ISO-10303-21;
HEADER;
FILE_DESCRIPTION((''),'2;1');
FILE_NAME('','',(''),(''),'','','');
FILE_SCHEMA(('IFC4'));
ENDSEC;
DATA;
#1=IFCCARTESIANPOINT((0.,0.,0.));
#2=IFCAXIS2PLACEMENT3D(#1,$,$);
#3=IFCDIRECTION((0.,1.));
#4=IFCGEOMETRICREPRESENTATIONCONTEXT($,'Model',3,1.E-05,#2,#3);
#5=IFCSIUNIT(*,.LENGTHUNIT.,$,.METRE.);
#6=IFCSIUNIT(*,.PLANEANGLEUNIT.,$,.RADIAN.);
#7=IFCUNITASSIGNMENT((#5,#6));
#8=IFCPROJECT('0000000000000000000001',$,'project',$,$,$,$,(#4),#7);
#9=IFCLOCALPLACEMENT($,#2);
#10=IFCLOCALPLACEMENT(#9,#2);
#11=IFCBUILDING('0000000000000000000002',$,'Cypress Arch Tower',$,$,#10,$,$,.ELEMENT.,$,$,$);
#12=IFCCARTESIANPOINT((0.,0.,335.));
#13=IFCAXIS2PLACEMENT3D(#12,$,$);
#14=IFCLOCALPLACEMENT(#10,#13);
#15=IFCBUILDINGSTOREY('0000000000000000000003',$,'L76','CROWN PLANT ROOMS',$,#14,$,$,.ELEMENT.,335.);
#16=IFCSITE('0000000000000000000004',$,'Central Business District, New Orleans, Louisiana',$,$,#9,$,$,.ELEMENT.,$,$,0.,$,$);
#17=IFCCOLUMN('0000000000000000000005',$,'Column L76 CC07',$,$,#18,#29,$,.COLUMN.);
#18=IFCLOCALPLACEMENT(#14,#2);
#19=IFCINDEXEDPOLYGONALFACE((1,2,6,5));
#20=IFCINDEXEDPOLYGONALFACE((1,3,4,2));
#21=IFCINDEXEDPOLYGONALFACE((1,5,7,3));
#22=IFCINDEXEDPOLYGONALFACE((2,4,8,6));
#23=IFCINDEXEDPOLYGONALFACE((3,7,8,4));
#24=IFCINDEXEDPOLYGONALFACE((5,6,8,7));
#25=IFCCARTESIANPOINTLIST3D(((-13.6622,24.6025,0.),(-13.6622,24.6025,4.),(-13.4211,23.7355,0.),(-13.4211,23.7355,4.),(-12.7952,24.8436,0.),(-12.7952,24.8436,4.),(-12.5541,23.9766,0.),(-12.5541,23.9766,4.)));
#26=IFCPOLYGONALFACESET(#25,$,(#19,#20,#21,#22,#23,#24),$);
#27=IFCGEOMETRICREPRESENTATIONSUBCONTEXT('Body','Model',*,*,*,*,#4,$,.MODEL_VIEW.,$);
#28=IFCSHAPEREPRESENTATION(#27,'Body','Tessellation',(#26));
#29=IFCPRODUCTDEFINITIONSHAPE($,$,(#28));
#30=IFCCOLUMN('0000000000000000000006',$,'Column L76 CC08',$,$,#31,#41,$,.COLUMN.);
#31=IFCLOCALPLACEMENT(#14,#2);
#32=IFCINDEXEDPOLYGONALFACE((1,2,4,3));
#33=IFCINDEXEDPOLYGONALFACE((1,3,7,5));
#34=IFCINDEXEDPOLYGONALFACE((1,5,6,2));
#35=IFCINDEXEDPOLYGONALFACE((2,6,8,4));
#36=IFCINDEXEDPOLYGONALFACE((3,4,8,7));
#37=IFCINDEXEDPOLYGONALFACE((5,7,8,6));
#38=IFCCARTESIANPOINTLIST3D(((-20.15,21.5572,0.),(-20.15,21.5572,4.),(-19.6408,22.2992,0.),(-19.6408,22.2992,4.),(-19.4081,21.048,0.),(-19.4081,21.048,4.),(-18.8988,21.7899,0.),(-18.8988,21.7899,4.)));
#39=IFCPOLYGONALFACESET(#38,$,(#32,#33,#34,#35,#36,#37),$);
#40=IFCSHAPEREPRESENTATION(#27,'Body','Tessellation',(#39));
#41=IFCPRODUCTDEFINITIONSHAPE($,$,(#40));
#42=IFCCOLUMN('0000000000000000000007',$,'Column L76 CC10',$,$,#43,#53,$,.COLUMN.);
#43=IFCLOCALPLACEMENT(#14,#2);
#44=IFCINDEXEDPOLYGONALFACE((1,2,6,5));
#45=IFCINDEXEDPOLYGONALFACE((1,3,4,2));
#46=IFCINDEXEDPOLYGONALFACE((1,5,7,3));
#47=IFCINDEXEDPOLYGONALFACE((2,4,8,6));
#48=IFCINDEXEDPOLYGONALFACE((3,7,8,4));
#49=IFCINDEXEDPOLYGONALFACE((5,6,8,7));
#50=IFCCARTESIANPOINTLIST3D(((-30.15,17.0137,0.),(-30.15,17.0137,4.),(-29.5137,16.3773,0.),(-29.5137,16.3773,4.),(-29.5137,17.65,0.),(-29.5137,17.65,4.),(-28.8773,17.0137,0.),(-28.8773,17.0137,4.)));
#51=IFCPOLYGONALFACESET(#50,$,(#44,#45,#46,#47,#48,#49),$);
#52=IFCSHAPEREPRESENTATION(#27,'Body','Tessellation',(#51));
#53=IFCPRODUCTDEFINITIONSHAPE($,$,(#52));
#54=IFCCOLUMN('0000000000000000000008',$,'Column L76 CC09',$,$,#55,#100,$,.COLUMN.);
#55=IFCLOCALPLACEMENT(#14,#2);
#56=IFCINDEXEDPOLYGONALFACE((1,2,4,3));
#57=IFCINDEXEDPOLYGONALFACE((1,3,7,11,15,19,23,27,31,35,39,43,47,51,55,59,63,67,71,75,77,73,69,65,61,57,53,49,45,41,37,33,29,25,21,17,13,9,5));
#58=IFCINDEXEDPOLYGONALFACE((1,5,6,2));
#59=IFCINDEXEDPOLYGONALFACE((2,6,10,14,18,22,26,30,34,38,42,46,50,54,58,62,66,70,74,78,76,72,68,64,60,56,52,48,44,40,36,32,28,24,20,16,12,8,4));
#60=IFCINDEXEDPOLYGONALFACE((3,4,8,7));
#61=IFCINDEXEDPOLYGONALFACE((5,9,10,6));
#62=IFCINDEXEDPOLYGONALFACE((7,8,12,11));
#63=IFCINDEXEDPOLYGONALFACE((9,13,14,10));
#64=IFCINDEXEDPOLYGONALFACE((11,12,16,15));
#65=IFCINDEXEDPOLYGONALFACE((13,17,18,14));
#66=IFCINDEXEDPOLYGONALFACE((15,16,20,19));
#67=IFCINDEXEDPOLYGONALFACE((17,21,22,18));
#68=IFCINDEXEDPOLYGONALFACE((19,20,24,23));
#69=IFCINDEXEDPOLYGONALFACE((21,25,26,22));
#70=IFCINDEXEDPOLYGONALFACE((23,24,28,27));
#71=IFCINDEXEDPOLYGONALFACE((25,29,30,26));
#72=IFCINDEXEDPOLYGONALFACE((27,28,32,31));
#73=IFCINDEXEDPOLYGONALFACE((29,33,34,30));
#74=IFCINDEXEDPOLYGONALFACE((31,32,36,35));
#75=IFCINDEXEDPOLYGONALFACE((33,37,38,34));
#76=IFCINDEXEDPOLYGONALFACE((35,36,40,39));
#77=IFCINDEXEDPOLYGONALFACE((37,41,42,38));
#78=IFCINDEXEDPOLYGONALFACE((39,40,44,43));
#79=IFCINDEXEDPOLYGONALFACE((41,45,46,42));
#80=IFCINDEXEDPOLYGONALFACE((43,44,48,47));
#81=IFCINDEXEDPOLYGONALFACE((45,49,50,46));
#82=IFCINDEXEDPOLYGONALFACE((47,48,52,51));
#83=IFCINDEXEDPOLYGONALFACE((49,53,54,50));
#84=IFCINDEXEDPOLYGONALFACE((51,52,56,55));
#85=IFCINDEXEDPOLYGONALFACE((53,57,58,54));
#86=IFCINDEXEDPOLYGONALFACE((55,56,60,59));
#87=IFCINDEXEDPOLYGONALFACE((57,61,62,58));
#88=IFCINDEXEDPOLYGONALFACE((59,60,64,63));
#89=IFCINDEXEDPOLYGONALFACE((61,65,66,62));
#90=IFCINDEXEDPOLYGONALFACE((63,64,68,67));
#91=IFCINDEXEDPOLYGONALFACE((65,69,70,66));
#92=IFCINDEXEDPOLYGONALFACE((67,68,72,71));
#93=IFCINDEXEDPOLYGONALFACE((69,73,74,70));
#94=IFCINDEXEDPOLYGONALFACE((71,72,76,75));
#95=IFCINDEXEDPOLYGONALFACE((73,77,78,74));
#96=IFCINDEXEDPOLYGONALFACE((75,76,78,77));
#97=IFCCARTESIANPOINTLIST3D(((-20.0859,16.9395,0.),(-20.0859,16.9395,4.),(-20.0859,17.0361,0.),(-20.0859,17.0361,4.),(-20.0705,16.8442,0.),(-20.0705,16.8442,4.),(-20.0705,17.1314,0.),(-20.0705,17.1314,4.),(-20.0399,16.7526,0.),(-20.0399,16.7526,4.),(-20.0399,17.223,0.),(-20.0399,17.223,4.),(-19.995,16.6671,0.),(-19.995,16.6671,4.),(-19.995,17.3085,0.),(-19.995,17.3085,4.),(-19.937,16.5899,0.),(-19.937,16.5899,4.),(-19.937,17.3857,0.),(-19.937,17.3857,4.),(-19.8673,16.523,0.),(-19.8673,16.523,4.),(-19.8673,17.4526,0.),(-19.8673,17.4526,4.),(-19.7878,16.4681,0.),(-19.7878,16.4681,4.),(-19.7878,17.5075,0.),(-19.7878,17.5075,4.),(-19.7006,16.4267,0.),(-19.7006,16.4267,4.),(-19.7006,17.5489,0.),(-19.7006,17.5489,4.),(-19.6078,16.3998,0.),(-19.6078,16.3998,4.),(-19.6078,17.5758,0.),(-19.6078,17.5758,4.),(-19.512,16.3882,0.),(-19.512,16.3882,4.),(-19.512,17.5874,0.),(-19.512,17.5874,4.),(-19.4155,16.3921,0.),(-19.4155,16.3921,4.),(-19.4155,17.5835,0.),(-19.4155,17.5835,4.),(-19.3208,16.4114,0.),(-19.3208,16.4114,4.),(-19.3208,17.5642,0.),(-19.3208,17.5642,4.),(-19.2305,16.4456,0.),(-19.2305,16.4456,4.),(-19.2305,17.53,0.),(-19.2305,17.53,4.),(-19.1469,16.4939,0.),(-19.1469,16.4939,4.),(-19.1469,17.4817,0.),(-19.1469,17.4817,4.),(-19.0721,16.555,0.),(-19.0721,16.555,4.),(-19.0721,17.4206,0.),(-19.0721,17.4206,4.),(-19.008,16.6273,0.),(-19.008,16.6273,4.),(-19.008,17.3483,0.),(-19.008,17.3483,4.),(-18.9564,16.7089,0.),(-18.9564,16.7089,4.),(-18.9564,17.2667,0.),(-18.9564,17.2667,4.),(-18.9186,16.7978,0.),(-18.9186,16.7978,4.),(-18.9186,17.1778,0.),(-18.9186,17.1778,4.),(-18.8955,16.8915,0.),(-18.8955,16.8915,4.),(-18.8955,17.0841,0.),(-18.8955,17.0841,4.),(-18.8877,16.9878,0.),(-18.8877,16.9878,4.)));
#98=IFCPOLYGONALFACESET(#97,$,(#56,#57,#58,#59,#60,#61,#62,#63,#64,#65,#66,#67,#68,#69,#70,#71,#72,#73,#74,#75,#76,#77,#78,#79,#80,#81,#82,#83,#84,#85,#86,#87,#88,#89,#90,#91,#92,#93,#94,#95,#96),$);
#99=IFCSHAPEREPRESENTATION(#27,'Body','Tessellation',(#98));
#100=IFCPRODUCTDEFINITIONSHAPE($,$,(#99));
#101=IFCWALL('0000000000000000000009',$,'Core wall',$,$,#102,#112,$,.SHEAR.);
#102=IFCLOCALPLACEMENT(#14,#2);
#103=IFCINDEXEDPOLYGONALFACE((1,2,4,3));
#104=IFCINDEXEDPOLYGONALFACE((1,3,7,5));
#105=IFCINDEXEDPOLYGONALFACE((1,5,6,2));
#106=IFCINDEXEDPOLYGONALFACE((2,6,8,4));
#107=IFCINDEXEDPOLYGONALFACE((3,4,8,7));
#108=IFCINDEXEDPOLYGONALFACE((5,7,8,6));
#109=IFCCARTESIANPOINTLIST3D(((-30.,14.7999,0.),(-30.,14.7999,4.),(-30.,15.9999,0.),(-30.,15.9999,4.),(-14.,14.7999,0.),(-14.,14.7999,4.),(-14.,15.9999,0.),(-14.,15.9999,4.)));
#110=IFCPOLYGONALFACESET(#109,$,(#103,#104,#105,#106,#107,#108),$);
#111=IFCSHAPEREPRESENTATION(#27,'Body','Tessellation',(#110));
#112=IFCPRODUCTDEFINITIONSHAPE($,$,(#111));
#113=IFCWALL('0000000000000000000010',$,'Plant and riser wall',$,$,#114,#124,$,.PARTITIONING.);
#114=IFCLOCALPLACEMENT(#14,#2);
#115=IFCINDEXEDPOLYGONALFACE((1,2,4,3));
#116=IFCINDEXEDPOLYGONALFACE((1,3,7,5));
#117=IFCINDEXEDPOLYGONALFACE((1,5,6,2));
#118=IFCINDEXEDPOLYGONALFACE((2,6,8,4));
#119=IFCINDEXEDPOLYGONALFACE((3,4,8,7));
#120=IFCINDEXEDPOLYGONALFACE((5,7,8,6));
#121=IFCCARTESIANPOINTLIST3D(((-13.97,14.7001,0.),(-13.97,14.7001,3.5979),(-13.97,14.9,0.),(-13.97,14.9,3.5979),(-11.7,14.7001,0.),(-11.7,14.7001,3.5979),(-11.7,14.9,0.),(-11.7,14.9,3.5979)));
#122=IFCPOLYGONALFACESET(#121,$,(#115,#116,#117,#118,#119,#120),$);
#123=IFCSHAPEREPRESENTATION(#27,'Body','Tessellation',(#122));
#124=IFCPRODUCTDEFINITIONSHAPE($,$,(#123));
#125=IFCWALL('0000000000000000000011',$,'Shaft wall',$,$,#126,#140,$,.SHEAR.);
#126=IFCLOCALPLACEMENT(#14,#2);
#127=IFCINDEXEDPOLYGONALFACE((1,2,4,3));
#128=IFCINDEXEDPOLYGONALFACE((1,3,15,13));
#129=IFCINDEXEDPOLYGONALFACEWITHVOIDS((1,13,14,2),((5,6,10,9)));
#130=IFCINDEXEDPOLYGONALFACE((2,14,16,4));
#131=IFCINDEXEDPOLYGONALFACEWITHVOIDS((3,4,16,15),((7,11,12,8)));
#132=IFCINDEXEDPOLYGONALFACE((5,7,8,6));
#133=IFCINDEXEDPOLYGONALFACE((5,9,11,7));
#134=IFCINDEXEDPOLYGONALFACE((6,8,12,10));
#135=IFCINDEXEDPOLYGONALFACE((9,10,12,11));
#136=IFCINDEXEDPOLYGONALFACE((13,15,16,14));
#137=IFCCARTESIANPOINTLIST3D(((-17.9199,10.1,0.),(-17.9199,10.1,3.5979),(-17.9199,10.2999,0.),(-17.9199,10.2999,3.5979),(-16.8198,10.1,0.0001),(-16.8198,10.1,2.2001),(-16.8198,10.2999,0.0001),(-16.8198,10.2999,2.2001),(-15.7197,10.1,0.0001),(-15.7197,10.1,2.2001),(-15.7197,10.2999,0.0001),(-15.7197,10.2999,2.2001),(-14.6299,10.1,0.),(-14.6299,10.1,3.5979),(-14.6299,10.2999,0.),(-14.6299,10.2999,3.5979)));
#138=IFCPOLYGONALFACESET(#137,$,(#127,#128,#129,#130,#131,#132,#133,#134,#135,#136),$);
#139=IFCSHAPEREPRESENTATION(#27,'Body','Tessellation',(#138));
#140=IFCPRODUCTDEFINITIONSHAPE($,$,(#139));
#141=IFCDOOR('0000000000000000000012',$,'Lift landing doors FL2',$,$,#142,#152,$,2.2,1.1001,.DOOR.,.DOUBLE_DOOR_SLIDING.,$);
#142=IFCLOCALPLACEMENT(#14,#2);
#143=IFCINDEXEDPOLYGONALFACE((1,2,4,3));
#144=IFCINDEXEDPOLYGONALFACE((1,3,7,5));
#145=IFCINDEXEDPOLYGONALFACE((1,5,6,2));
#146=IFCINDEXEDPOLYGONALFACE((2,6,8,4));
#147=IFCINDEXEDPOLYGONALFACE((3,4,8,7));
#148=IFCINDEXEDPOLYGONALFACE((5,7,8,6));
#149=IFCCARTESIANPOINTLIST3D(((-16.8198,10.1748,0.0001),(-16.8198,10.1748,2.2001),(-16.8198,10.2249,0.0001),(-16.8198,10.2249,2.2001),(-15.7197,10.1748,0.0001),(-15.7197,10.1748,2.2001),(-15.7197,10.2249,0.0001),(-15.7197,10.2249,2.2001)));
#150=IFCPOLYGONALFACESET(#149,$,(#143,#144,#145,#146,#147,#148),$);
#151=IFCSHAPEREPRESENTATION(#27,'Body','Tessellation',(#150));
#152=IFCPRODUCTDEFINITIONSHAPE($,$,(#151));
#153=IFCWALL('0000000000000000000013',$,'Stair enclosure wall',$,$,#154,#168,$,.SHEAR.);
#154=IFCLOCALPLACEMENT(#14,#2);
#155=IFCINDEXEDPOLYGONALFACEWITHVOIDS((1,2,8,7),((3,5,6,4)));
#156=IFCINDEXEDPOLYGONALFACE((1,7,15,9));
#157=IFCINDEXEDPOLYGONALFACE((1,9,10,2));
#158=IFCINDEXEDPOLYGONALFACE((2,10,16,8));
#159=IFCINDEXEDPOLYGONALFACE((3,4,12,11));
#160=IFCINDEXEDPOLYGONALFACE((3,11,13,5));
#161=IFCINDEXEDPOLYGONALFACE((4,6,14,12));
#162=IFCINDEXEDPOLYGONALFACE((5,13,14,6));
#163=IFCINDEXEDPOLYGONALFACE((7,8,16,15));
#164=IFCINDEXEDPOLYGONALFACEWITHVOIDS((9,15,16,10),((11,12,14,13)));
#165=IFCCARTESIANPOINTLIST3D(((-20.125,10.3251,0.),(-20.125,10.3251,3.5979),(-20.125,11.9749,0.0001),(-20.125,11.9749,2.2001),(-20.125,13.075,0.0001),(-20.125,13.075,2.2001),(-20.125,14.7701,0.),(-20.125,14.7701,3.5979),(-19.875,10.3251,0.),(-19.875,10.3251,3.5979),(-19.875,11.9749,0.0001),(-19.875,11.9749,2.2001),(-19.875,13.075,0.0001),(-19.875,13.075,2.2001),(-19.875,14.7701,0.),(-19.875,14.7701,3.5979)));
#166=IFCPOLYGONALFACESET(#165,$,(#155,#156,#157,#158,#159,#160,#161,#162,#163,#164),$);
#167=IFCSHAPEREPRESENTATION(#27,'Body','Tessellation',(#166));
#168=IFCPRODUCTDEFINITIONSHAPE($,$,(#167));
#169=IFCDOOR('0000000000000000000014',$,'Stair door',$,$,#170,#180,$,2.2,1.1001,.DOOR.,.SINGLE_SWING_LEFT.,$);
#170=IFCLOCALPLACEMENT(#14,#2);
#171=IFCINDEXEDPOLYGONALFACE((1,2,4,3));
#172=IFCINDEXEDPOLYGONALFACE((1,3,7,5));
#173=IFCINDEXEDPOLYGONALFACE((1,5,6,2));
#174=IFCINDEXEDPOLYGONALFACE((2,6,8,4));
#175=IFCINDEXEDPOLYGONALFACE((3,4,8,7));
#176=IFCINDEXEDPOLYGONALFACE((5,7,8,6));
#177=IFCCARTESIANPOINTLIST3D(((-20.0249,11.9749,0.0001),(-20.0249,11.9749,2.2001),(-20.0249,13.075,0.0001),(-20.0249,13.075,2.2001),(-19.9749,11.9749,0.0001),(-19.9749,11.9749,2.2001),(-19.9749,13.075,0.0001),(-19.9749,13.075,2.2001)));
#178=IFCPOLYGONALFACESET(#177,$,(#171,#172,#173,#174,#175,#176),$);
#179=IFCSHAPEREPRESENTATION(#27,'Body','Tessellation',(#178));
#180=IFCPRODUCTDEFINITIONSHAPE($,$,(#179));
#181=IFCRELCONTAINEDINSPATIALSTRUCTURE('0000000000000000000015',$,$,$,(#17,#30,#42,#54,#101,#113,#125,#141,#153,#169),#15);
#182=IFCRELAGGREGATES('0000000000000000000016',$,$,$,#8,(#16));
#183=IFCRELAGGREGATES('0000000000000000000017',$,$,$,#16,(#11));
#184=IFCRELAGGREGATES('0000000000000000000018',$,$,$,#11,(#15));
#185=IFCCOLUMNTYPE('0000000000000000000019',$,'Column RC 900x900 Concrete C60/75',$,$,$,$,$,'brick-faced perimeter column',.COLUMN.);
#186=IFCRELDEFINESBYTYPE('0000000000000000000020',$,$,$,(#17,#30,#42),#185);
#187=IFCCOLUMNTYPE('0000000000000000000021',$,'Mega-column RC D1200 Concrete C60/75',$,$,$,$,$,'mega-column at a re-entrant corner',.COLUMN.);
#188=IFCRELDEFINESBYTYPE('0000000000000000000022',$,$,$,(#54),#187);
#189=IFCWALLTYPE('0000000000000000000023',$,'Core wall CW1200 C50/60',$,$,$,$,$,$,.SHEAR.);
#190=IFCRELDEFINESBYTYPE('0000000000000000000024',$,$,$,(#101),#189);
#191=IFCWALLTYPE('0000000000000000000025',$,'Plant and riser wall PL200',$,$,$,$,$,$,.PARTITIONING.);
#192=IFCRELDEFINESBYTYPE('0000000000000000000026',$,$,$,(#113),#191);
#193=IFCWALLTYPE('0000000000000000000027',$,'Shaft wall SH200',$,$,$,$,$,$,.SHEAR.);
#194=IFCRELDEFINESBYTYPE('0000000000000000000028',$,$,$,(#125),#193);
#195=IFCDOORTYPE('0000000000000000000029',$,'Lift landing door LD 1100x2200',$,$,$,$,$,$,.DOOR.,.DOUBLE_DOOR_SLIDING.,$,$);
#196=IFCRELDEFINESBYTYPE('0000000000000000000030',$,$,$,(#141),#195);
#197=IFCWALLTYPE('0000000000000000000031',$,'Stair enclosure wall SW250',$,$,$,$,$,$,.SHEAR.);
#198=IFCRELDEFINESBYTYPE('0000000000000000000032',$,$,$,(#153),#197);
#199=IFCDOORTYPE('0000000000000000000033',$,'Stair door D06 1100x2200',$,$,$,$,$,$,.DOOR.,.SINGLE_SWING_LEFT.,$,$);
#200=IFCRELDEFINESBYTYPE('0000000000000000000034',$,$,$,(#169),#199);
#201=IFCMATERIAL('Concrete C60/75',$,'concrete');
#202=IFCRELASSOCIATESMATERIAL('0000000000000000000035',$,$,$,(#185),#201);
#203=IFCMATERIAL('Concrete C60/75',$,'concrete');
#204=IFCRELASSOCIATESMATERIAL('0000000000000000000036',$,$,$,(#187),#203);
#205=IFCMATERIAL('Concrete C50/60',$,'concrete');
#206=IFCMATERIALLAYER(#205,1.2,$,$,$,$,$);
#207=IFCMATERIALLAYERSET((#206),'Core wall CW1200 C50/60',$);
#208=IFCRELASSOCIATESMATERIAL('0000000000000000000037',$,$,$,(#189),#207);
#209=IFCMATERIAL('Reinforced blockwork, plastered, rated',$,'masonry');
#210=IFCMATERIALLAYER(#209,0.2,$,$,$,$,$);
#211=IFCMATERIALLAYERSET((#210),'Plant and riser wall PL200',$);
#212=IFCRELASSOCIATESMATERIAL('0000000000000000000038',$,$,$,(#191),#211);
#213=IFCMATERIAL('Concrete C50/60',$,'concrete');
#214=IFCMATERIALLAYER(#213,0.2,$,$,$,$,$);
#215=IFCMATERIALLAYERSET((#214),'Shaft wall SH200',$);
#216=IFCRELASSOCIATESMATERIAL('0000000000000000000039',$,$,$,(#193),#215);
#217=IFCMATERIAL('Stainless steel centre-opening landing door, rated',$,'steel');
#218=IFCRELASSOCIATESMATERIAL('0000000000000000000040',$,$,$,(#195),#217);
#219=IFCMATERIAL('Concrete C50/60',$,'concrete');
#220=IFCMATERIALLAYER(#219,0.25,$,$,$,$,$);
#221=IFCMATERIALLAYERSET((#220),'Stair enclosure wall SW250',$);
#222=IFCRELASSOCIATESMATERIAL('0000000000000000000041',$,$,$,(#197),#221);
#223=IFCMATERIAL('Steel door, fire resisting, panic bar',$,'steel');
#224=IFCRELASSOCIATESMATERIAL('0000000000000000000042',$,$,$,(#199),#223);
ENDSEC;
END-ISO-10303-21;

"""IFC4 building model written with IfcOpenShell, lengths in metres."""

from ifc_helpers import new_model, si_unit, direction, frame, frame_2d, origin, origin_2d, place, context, subcontext, project, spatial, rectangle, circle, extrude, material, layer, layer_set, material_profile, profile_set, type_object, element, fill, save


model = new_model("IFC4")

# Units and contexts
model_context = context("Model", 3, precision=1e-05, world=origin(), true_north=direction((0.0, 1.0)))
body_context = subcontext(model_context, "Body", "Model", "MODEL_VIEW")
ifc_project = project(units=[si_unit("LENGTHUNIT", "METRE"), si_unit("PLANEANGLEUNIT", "RADIAN")], contexts=[model_context])

# Site, building, storey
site_placement = place(None, origin())
site = spatial("IfcSite", under=ifc_project, at=site_placement, Name="Central Business District, New Orleans, Louisiana", CompositionType="ELEMENT", RefElevation=0.0)
building_placement = place(site_placement, origin())
building = spatial("IfcBuilding", under=site, at=building_placement, Name="Cypress Arch Tower", CompositionType="ELEMENT")
storey_placement = place(building_placement, frame((0.0, 0.0, 335.0)))
storey = spatial("IfcBuildingStorey", under=building, at=storey_placement, Name="L76", Description="CROWN PLANT ROOMS", CompositionType="ELEMENT", Elevation=335.0)

# Columns
ifc_material_1 = material(Name="Concrete C60/75", Category="concrete")
ifc_material_profile_1 = material_profile(ifc_material_1, rectangle(XDim=0.8999, YDim=0.8999, at=origin_2d()), Name="RC 900x900")
ifc_profile_set_1 = profile_set([ifc_material_profile_1], Name="Concrete C60/75")
column_type_1 = type_object("IfcColumnType", Name="Column RC 900x900 Concrete C60/75", ElementType="brick-faced perimeter column", PredefinedType="COLUMN", material=ifc_profile_set_1)
for number, where, z_axis, x_axis, name in (
    (1, (-13.1082, 24.2896, 0.0), (0.0, 0.0, 1.0), (-0.963456, -0.267868, 0.0), "Column L76 CC07"),
    (2, (-19.5244, 21.6736, 0.0), (0.0, 0.0, 1.0), (-0.565893, -0.824479, 0.0), "Column L76 CC08"),
    (3, (-29.5137, 17.0137, 0.0), (0.0, 0.0, 1.0), (-0.707107, -0.707107, 0.0), "Column L76 CC10"),
):
    element("IfcColumn", number, at=place(storey_placement, frame(where, z_axis=z_axis, x_axis=x_axis)), inside=storey, type_object=column_type_1, Name=name, PredefinedType="COLUMN", context=body_context, shape_type="SweptSolid", body=[
        extrude(rectangle(XDim=0.8999, YDim=0.8999, at=origin_2d()), origin(), (0.0, 0.0, 1.0), 4.0),
    ])
ifc_material_2 = material(Name="Concrete C60/75", Category="concrete")
ifc_material_profile_2 = material_profile(ifc_material_2, circle(Radius=0.6001, at=origin_2d()), Name="RC D1200")
ifc_profile_set_2 = profile_set([ifc_material_profile_2], Name="Concrete C60/75")
column_type_2 = type_object("IfcColumnType", Name="Mega-column RC D1200 Concrete C60/75", ElementType="mega-column at a re-entrant corner", PredefinedType="COLUMN", material=ifc_profile_set_2)
column_placement = place(storey_placement, frame((-19.4878, 16.9878, 0.0), z_axis=(0.0, 0.0, 1.0), x_axis=(1.0, 0.0, 0.0)))
element("IfcColumn", 4, at=column_placement, inside=storey, type_object=column_type_2, Name="Column L76 CC09", PredefinedType="COLUMN", context=body_context, shape_type="SweptSolid", body=[
    extrude(circle(Radius=0.6001, at=origin_2d()), origin(), (0.0, 0.0, 1.0), 4.0),
])

# Walls
ifc_material_3 = material(Name="Concrete C50/60", Category="concrete")
ifc_layer_1 = layer(ifc_material_3, 1.2)
ifc_layer_set_1 = layer_set([ifc_layer_1], Name="Core wall CW1200 C50/60")
wall_type_1 = type_object("IfcWallType", Name="Core wall CW1200 C50/60", PredefinedType="SHEAR", material=ifc_layer_set_1)
wall_1_placement = place(storey_placement, frame((-30.0, 15.3999, 0.0), z_axis=(0.0, 0.0, 1.0), x_axis=(1.0, 0.0, 0.0)))
element("IfcWall", 5, at=wall_1_placement, inside=storey, type_object=wall_type_1, Name="Core wall", PredefinedType="SHEAR", context=body_context, shape_type="SweptSolid", body=[
    extrude(rectangle(XDim=16.0, YDim=1.2, at=frame_2d((8.0, 0.0))), origin(), (0.0, 0.0, 1.0), 4.0),
])
ifc_material_4 = material(Name="Reinforced blockwork, plastered, rated", Category="masonry")
ifc_layer_2 = layer(ifc_material_4, 0.2)
ifc_layer_set_2 = layer_set([ifc_layer_2], Name="Plant and riser wall PL200")
wall_type_2 = type_object("IfcWallType", Name="Plant and riser wall PL200", PredefinedType="PARTITIONING", material=ifc_layer_set_2)
wall_2_placement = place(storey_placement, frame((-13.97, 14.8, 0.0), z_axis=(0.0, 0.0, 1.0), x_axis=(1.0, 0.0, 0.0)))
element("IfcWall", 6, at=wall_2_placement, inside=storey, type_object=wall_type_2, Name="Plant and riser wall", PredefinedType="PARTITIONING", context=body_context, shape_type="SweptSolid", body=[
    extrude(rectangle(XDim=2.27, YDim=0.2, at=frame_2d((1.135, 0.0))), origin(), (0.0, 0.0, 1.0), 3.5979),
])

# Walls, openings, doors
ifc_material_5 = material(Name="Concrete C50/60", Category="concrete")
ifc_layer_3 = layer(ifc_material_5, 0.2)
ifc_layer_set_3 = layer_set([ifc_layer_3], Name="Shaft wall SH200")
wall_type_3 = type_object("IfcWallType", Name="Shaft wall SH200", PredefinedType="SHEAR", material=ifc_layer_set_3)
wall_3_placement = place(storey_placement, frame((-17.9199, 10.2, 0.0), z_axis=(0.0, 0.0, 1.0), x_axis=(1.0, 0.0, 0.0)))
wall_3 = element("IfcWall", 7, at=wall_3_placement, inside=storey, type_object=wall_type_3, Name="Shaft wall", PredefinedType="SHEAR", context=body_context, shape_type="SweptSolid", body=[
    extrude(rectangle(XDim=3.29, YDim=0.2, at=frame_2d((1.645, 0.0))), origin(), (0.0, 0.0, 1.0), 3.5979),
])
opening_1_placement = place(wall_3_placement, frame((1.1001, 0.0, 0.0)))
opening_1 = element("IfcOpeningElement", 8, at=opening_1_placement, cuts=wall_3, PredefinedType="OPENING", context=body_context, shape_type="SweptSolid", body=[
    extrude(rectangle(XDim=1.1001, YDim=2.2, at=frame_2d((0.55, 1.1001))), frame((0.0, 0.1099, 0.0), z_axis=(0.0, -1.0, 0.0), x_axis=(1.0, 0.0, 0.0)), (0.0, 0.0, 1.0), 0.22),
])
ifc_material_6 = material(Name="Stainless steel centre-opening landing door, rated", Category="steel")
door_type_1 = type_object("IfcDoorType", Name="Lift landing door LD 1100x2200", OperationType="DOUBLE_DOOR_SLIDING", PredefinedType="DOOR", material=ifc_material_6)
door_1_placement = place(opening_1_placement, origin())
door_1 = element("IfcDoor", 9, at=door_1_placement, inside=storey, type_object=door_type_1, Name="Lift landing doors FL2", OperationType="DOUBLE_DOOR_SLIDING", OverallHeight=2.2, OverallWidth=1.1001, PredefinedType="DOOR", context=body_context, shape_type="SweptSolid", body=[
    extrude(rectangle(XDim=1.1001, YDim=2.2, at=frame_2d((0.55, 1.1001))), frame((0.0, 0.0249, 0.0), z_axis=(0.0, -1.0, 0.0), x_axis=(1.0, 0.0, 0.0)), (0.0, 0.0, 1.0), 0.05),
])
fill(opening_1, door_1)
ifc_material_7 = material(Name="Concrete C50/60", Category="concrete")
ifc_layer_4 = layer(ifc_material_7, 0.25)
ifc_layer_set_4 = layer_set([ifc_layer_4], Name="Stair enclosure wall SW250")
wall_type_4 = type_object("IfcWallType", Name="Stair enclosure wall SW250", PredefinedType="SHEAR", material=ifc_layer_set_4)
wall_4_placement = place(storey_placement, frame((-20.0, 10.325, 0.0), z_axis=(0.0, 0.0, 1.0), x_axis=(0.0, 1.0, 0.0)))
wall_4 = element("IfcWall", 10, at=wall_4_placement, inside=storey, type_object=wall_type_4, Name="Stair enclosure wall", PredefinedType="SHEAR", context=body_context, shape_type="SweptSolid", body=[
    extrude(rectangle(XDim=4.4451, YDim=0.25, at=frame_2d((2.2227, 0.0))), origin(), (0.0, 0.0, 1.0), 3.5979),
])
opening_2_placement = place(wall_4_placement, frame((1.6499, 0.0, 0.0)))
opening_2 = element("IfcOpeningElement", 11, at=opening_2_placement, cuts=wall_4, PredefinedType="OPENING", context=body_context, shape_type="SweptSolid", body=[
    extrude(rectangle(XDim=1.1001, YDim=2.2, at=frame_2d((0.55, 1.1001))), frame((0.0, 0.135, 0.0), z_axis=(0.0, -1.0, 0.0), x_axis=(1.0, 0.0, 0.0)), (0.0, 0.0, 1.0), 0.27),
])
ifc_material_8 = material(Name="Steel door, fire resisting, panic bar", Category="steel")
door_type_2 = type_object("IfcDoorType", Name="Stair door D06 1100x2200", OperationType="SINGLE_SWING_LEFT", PredefinedType="DOOR", material=ifc_material_8)
door_2_placement = place(opening_2_placement, origin())
door_2 = element("IfcDoor", 12, at=door_2_placement, inside=storey, type_object=door_type_2, Name="Stair door", OperationType="SINGLE_SWING_LEFT", OverallHeight=2.2, OverallWidth=1.1001, PredefinedType="DOOR", context=body_context, shape_type="SweptSolid", body=[
    extrude(rectangle(XDim=1.1001, YDim=2.2, at=frame_2d((0.55, 1.1001))), frame((0.0, 0.0249, 0.0), z_axis=(0.0, -1.0, 0.0), x_axis=(1.0, 0.0, 0.0)), (0.0, 0.0, 1.0), 0.05),
])
fill(opening_2, door_2)

save(model, "model.ifc")
